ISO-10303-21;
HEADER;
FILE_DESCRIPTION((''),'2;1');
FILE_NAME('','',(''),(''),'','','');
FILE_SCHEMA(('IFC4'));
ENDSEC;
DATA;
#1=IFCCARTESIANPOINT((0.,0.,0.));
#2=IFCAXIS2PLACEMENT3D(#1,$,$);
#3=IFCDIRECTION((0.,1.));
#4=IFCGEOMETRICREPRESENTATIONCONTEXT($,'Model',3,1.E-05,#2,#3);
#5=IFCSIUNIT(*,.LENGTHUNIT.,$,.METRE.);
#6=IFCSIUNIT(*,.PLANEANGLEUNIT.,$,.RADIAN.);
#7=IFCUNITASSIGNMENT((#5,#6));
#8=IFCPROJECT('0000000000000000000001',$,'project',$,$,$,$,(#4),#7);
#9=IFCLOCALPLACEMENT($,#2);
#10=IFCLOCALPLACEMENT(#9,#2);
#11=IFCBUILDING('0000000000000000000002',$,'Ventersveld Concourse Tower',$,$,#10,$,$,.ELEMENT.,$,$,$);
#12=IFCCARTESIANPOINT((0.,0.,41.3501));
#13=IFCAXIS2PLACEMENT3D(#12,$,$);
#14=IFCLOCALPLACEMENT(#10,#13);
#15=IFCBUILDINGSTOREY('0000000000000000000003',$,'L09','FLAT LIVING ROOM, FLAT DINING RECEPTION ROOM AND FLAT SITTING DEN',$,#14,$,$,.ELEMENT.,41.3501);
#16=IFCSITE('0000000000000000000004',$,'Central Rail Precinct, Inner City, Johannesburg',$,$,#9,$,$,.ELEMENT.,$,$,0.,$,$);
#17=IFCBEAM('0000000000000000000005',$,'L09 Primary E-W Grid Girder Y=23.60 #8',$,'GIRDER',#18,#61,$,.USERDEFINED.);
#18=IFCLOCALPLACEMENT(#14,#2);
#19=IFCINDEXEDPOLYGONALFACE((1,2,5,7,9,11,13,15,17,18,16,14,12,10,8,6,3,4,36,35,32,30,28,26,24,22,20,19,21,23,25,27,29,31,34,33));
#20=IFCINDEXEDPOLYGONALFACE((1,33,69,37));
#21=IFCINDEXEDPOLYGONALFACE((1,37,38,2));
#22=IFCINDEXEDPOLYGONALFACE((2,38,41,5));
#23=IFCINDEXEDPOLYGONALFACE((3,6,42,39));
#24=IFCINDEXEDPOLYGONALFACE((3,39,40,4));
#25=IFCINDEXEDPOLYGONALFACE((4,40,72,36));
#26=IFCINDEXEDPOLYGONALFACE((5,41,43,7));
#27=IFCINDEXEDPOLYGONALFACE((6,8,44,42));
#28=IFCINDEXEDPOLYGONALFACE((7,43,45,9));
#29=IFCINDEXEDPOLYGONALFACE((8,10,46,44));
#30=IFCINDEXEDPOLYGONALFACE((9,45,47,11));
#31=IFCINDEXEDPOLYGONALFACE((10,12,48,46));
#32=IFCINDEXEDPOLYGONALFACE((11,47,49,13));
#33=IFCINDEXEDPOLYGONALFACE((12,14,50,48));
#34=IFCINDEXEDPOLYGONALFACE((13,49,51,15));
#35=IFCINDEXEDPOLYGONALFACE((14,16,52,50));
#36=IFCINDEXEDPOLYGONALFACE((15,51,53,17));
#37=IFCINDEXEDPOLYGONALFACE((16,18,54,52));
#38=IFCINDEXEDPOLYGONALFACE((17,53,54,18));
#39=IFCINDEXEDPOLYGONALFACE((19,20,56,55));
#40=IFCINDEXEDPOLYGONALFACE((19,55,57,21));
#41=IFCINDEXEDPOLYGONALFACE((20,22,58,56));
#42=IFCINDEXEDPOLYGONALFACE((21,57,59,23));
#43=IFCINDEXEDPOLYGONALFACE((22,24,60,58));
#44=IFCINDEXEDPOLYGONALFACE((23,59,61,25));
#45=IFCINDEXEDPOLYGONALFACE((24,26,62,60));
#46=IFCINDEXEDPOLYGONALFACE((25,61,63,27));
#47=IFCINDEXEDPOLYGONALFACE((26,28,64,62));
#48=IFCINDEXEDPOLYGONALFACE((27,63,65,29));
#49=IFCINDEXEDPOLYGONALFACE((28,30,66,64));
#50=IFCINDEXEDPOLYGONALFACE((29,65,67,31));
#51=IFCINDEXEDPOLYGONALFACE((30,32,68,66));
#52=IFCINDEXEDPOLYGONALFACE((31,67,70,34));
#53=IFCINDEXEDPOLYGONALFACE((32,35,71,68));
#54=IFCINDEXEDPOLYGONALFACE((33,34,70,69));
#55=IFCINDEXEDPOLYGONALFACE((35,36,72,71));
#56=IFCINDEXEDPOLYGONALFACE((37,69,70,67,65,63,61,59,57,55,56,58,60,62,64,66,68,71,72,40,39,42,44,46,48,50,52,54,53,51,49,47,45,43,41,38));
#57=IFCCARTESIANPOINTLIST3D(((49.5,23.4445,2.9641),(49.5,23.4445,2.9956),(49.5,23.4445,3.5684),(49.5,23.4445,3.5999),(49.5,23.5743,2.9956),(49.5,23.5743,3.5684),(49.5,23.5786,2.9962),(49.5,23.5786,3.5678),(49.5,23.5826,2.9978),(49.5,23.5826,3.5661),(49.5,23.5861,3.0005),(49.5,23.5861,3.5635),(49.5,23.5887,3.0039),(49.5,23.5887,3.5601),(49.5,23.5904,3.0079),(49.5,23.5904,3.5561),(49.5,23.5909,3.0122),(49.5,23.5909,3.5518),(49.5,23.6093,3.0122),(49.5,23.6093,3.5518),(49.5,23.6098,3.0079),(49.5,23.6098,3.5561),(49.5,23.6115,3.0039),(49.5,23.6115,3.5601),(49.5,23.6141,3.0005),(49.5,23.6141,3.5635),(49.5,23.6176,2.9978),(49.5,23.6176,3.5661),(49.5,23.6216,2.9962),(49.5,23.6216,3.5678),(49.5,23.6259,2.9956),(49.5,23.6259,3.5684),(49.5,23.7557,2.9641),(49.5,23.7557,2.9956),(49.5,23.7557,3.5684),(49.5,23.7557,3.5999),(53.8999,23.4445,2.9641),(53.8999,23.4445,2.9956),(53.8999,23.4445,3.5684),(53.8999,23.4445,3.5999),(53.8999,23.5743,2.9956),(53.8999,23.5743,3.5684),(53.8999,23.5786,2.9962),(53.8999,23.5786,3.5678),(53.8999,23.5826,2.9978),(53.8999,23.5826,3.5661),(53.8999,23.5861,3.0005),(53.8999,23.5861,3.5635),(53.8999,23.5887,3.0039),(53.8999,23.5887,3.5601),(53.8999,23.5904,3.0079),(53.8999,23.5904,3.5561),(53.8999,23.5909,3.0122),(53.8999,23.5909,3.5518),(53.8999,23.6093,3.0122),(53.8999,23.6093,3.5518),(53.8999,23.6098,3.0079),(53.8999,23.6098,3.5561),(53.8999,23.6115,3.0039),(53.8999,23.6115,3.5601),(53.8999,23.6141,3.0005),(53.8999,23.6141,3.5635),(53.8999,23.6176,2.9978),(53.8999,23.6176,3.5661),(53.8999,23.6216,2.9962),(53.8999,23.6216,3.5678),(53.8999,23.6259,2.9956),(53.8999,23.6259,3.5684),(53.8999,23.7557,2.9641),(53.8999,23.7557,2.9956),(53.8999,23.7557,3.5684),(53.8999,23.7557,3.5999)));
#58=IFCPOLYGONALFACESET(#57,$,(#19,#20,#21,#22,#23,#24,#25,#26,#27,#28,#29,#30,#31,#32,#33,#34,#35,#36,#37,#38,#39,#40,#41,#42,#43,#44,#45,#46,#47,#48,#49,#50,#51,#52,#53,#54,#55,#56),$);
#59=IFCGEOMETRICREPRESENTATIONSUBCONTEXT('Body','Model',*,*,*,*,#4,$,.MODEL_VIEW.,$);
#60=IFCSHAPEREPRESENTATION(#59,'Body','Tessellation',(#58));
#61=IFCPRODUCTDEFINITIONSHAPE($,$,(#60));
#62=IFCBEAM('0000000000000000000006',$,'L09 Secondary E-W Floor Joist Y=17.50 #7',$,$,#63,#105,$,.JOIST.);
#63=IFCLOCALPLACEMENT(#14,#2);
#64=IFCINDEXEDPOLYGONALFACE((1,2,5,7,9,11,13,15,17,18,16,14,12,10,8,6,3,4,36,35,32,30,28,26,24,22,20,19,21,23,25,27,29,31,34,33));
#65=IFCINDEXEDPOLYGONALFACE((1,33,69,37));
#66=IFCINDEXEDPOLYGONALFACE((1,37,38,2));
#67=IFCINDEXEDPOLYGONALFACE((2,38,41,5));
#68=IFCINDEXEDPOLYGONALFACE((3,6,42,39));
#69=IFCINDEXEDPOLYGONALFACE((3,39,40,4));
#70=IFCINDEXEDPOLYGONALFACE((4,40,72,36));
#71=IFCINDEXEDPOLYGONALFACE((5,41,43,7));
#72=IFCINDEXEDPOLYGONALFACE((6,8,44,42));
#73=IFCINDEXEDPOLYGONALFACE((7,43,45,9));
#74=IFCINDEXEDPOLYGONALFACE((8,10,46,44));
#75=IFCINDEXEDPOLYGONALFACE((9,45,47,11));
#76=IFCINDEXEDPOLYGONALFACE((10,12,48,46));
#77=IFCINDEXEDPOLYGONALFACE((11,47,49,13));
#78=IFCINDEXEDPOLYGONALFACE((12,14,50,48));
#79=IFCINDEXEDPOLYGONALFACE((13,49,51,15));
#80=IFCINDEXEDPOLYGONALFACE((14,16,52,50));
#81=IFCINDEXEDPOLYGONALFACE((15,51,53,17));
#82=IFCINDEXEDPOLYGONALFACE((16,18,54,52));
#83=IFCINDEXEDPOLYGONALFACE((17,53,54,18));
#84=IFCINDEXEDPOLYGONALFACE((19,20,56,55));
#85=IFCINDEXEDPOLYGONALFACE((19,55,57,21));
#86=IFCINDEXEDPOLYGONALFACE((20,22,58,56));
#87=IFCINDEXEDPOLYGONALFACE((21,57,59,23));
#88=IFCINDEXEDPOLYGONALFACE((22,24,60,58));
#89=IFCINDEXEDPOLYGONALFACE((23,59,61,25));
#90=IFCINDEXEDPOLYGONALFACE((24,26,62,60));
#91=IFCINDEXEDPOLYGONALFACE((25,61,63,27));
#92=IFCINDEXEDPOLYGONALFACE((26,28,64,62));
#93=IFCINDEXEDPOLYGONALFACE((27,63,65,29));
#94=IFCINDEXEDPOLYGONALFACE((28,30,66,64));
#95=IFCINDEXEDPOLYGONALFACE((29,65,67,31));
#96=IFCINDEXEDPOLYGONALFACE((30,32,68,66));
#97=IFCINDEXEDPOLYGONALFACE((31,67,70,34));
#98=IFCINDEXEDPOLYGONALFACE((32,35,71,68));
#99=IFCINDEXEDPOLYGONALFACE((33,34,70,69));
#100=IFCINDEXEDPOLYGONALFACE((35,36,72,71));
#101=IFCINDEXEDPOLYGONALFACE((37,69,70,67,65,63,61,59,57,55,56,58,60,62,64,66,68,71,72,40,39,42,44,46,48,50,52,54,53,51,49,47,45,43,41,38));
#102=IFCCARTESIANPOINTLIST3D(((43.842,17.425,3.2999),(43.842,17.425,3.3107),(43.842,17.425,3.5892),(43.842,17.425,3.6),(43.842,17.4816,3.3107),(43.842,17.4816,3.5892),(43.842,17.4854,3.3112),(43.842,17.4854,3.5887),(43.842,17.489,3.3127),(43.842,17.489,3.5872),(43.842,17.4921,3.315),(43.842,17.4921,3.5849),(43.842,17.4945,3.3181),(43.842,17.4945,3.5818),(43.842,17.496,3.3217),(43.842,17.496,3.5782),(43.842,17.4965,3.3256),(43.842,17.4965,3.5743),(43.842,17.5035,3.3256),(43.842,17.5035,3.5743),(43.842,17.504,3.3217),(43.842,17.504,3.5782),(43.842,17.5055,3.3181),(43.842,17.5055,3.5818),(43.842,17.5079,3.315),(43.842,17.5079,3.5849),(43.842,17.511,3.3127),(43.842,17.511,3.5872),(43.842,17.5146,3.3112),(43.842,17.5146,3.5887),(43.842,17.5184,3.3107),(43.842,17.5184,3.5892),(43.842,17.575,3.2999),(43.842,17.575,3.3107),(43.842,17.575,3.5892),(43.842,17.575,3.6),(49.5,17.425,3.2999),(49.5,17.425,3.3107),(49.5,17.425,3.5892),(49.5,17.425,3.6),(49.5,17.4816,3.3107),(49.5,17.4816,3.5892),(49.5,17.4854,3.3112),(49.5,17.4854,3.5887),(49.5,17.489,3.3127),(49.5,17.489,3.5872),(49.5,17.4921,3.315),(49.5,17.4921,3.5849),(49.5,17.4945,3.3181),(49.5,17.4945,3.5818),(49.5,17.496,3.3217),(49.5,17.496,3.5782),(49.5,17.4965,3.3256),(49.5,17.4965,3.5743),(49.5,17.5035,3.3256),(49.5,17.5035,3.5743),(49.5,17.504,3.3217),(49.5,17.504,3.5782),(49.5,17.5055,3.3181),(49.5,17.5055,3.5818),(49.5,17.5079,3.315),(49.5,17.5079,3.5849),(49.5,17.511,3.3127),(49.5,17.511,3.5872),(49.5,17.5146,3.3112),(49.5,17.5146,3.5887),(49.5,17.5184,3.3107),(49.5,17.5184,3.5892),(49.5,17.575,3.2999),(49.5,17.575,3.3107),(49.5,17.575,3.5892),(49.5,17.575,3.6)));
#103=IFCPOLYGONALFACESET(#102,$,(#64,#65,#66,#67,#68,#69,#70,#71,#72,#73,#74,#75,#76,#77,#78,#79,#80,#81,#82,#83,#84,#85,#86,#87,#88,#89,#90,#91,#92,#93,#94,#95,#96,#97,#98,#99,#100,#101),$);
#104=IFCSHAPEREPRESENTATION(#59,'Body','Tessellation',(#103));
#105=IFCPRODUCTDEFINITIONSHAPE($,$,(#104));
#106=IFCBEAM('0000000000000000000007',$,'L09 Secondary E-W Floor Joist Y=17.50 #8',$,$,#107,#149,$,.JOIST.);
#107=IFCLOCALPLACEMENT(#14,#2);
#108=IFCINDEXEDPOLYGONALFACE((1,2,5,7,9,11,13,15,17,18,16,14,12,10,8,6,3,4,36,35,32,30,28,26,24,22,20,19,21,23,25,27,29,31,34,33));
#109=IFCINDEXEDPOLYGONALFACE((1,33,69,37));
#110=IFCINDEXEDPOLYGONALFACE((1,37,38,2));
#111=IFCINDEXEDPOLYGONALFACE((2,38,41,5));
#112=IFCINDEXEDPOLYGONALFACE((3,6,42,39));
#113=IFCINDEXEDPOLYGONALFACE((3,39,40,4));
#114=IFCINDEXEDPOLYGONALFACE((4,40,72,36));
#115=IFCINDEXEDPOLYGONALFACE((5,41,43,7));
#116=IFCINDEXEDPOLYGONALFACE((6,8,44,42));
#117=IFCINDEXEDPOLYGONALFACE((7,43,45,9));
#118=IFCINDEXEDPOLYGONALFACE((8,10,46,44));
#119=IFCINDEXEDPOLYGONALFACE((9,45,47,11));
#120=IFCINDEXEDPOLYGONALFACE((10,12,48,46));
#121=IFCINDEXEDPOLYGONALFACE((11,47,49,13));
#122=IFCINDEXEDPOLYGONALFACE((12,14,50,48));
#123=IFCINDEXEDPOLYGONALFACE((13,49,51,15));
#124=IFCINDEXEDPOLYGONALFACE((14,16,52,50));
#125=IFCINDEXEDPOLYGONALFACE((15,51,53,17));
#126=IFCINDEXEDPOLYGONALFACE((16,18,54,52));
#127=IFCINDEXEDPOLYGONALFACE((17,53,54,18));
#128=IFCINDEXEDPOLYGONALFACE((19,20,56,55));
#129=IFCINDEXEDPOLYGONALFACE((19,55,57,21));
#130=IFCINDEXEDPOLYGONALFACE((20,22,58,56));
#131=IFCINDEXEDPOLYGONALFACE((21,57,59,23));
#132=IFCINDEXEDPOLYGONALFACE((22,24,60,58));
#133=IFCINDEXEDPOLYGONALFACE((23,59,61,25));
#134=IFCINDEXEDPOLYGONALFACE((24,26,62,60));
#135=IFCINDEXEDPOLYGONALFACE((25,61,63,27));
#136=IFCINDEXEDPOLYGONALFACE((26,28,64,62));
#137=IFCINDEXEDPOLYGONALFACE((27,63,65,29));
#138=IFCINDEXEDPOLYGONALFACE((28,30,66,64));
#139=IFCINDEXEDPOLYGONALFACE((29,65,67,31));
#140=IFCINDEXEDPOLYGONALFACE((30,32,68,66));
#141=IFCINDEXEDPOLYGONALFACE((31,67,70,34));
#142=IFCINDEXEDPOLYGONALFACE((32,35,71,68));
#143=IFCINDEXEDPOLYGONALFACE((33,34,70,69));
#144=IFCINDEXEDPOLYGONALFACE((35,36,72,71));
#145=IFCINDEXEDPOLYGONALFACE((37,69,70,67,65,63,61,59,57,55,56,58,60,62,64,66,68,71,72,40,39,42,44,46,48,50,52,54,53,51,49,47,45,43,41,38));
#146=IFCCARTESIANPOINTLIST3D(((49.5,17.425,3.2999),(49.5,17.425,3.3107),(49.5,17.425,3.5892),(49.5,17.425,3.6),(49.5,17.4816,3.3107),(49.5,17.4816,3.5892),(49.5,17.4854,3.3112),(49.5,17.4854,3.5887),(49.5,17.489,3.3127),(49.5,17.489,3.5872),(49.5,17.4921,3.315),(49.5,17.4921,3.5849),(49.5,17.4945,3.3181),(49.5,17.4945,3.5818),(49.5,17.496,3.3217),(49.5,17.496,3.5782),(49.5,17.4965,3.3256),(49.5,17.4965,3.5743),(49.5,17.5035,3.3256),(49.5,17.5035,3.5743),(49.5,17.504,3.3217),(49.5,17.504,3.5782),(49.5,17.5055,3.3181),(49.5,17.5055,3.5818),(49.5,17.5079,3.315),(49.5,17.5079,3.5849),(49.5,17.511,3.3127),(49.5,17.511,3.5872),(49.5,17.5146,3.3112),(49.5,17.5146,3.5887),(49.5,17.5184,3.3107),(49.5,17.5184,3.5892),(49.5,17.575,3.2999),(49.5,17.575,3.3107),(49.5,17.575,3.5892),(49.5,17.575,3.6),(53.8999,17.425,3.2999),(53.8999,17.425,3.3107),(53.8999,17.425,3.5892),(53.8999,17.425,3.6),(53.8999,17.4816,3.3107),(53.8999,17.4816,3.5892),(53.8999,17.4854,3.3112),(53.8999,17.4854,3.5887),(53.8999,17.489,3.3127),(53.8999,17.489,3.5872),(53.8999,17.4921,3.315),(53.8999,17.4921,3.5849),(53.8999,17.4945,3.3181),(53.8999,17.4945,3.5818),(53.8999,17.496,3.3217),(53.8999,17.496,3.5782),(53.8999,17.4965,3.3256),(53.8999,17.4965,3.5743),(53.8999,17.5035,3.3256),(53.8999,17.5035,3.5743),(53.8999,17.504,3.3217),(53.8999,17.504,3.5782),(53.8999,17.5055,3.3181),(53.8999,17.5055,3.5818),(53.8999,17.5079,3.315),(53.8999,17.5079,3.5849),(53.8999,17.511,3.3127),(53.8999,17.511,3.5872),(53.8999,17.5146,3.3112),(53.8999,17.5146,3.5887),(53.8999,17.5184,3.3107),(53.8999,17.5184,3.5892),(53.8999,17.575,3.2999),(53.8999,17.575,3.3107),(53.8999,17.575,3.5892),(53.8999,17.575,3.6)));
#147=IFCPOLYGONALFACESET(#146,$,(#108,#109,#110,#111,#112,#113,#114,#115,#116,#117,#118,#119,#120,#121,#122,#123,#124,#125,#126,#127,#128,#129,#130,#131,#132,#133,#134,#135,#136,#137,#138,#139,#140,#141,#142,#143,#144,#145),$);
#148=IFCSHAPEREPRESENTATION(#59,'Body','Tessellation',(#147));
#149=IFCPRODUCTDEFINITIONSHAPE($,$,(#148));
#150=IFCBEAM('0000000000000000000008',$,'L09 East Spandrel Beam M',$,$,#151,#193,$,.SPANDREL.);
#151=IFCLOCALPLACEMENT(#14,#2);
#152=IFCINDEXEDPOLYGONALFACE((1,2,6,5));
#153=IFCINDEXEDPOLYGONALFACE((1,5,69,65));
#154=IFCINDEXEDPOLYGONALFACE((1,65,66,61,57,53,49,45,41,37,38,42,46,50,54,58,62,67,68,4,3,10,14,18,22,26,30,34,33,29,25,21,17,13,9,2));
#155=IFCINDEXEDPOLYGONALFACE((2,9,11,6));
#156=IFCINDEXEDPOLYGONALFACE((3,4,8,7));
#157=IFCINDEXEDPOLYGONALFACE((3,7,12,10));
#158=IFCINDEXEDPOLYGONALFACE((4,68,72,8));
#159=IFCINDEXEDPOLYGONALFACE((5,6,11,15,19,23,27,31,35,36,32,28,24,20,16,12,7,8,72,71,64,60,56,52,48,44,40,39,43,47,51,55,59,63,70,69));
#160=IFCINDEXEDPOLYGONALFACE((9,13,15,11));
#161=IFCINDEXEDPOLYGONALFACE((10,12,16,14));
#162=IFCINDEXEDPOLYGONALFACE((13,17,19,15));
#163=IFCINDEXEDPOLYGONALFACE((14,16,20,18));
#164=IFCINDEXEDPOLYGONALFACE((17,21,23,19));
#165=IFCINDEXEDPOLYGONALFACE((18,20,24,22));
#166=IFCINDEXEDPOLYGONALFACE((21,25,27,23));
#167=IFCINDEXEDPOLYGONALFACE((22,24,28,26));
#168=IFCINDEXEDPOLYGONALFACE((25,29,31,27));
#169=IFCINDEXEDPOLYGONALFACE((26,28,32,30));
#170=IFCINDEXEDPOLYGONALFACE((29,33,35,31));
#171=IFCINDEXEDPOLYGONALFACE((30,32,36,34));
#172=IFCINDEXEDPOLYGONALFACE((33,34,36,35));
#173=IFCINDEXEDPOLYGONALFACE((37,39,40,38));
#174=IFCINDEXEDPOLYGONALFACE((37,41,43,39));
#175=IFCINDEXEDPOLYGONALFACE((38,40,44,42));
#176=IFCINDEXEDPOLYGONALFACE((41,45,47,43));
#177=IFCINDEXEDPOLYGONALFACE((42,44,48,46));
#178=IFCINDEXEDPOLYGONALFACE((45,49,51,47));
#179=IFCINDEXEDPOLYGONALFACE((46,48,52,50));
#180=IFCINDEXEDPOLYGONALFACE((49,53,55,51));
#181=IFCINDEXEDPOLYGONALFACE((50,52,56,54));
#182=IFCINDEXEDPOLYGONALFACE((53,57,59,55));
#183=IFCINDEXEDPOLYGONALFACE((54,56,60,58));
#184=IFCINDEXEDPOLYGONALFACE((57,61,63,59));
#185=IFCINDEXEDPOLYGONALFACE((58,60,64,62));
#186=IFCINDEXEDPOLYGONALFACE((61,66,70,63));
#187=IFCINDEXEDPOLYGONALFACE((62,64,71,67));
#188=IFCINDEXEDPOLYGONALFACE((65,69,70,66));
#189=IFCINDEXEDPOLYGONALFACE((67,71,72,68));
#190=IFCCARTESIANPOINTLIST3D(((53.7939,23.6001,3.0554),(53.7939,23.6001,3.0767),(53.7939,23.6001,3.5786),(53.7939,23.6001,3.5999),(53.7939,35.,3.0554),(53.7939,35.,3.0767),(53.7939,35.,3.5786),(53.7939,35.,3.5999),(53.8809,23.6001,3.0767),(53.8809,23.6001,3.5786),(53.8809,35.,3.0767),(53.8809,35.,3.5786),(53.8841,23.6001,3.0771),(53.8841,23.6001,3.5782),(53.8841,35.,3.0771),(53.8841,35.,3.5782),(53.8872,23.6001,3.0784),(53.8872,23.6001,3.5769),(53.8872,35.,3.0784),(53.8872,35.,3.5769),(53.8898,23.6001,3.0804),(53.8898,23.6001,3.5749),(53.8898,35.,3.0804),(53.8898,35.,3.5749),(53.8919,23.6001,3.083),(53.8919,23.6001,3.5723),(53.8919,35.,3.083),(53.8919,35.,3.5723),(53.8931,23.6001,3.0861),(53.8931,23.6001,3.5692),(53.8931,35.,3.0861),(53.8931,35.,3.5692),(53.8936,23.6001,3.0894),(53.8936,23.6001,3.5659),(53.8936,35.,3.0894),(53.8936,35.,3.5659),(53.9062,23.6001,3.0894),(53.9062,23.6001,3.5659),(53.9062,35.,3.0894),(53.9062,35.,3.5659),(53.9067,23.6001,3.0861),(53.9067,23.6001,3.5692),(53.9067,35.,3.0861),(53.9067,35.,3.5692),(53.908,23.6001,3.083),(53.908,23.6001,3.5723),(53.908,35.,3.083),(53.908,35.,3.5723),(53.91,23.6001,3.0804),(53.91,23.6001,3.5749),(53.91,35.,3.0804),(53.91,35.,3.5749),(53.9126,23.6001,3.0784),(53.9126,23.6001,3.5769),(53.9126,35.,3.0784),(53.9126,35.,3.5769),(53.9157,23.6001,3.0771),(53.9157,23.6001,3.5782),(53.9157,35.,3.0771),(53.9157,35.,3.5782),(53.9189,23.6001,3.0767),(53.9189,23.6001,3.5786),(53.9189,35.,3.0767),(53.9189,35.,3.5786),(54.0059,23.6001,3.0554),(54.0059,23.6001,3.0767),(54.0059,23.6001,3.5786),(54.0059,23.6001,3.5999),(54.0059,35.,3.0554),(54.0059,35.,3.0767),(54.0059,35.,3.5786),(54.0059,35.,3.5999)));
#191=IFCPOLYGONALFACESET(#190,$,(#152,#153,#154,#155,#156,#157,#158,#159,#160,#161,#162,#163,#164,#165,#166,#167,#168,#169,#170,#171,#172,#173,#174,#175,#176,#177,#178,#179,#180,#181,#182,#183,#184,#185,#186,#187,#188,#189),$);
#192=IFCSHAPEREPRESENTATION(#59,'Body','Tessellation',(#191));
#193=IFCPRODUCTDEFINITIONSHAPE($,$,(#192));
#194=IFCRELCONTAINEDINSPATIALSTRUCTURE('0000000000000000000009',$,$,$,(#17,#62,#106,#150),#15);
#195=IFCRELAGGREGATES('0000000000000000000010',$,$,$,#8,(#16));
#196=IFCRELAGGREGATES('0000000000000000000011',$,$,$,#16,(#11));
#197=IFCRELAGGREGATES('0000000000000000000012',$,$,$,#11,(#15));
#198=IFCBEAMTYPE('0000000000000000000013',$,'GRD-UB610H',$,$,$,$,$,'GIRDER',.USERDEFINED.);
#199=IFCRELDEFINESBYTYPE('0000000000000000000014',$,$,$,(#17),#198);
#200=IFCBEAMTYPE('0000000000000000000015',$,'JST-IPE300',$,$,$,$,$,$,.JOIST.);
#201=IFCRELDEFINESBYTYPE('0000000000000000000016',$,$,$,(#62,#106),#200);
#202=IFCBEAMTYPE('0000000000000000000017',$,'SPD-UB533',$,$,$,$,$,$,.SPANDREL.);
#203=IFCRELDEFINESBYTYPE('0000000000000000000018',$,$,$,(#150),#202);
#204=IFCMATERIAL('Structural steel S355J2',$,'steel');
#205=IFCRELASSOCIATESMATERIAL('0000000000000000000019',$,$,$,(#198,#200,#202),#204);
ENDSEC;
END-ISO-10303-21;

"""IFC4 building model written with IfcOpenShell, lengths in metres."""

from ifc_helpers import new_model, si_unit, direction, frame, origin, origin_2d, place, context, subcontext, project, spatial, i_section, extrude, material, material_profile, profile_set, type_object, element, save


model = new_model("IFC4")

# Units and contexts
model_context = context("Model", 3, precision=1e-05, world=origin(), true_north=direction((0.0, 1.0)))
body_context = subcontext(model_context, "Body", "Model", "MODEL_VIEW")
ifc_project = project(units=[si_unit("LENGTHUNIT", "METRE"), si_unit("PLANEANGLEUNIT", "RADIAN")], contexts=[model_context])

# Site, building, storey
site_placement = place(None, origin())
site = spatial("IfcSite", under=ifc_project, at=site_placement, Name="Central Rail Precinct, Inner City, Johannesburg", CompositionType="ELEMENT", RefElevation=0.0)
building_placement = place(site_placement, origin())
building = spatial("IfcBuilding", under=site, at=building_placement, Name="Ventersveld Concourse Tower", CompositionType="ELEMENT")
storey_placement = place(building_placement, frame((0.0, 0.0, 41.3501)))
storey = spatial("IfcBuildingStorey", under=building, at=storey_placement, Name="L09", Description="FLAT LIVING ROOM, FLAT DINING RECEPTION ROOM AND FLAT SITTING DEN", CompositionType="ELEMENT", Elevation=41.3501)

# Beams
ifc_material_1 = material(Name="Structural steel S355J2", Category="steel")
ifc_material_profile_1 = material_profile(ifc_material_1, i_section(OverallWidth=0.3113, OverallDepth=0.6357, WebThickness=0.0183, FlangeThickness=0.0315, FilletRadius=0.0166, at=origin_2d()), Name="UB 610x305x238")
ifc_profile_set_1 = profile_set([ifc_material_profile_1], Name="Structural steel S355J2")
beam_type_1 = type_object("IfcBeamType", Name="GRD-UB610H", ElementType="GIRDER", PredefinedType="USERDEFINED", material=ifc_profile_set_1)
beam_1_placement = place(storey_placement, frame((49.5, 23.6001, 3.282), z_axis=(1.0, 0.0, 0.0), x_axis=(0.0, 1.0, 0.0)))
element("IfcBeam", 1, at=beam_1_placement, inside=storey, type_object=beam_type_1, Name="L09 Primary E-W Grid Girder Y=23.60 #8", ObjectType="GIRDER", PredefinedType="USERDEFINED", context=body_context, shape_type="SweptSolid", body=[
    extrude(i_section(OverallWidth=0.3113, OverallDepth=0.6357, WebThickness=0.0183, FlangeThickness=0.0315, FilletRadius=0.0166, at=origin_2d()), origin(), (0.0, 0.0, 1.0), 4.3999),
])
ifc_material_profile_2 = material_profile(ifc_material_1, i_section(OverallWidth=0.1499, OverallDepth=0.3, WebThickness=0.0071, FlangeThickness=0.0107, FilletRadius=0.0149, at=origin_2d()), Name="IPE 300")
ifc_profile_set_2 = profile_set([ifc_material_profile_2], Name="Structural steel S355J2")
beam_type_2 = type_object("IfcBeamType", Name="JST-IPE300", PredefinedType="JOIST", material=ifc_profile_set_2)
beam_2_placement = place(storey_placement, frame((43.842, 17.5, 3.45), z_axis=(1.0, 0.0, 0.0), x_axis=(0.0, 1.0, 0.0)))
element("IfcBeam", 2, at=beam_2_placement, inside=storey, type_object=beam_type_2, Name="L09 Secondary E-W Floor Joist Y=17.50 #7", PredefinedType="JOIST", context=body_context, shape_type="SweptSolid", body=[
    extrude(i_section(OverallWidth=0.1499, OverallDepth=0.3, WebThickness=0.0071, FlangeThickness=0.0107, FilletRadius=0.0149, at=origin_2d()), origin(), (0.0, 0.0, 1.0), 5.658),
])
beam_3_placement = place(storey_placement, frame((49.5, 17.5, 3.45), z_axis=(1.0, 0.0, 0.0), x_axis=(0.0, 1.0, 0.0)))
element("IfcBeam", 3, at=beam_3_placement, inside=storey, type_object=beam_type_2, Name="L09 Secondary E-W Floor Joist Y=17.50 #8", PredefinedType="JOIST", context=body_context, shape_type="SweptSolid", body=[
    extrude(i_section(OverallWidth=0.1499, OverallDepth=0.3, WebThickness=0.0071, FlangeThickness=0.0107, FilletRadius=0.0149, at=origin_2d()), origin(), (0.0, 0.0, 1.0), 4.3999),
])
ifc_material_profile_3 = material_profile(ifc_material_1, i_section(OverallWidth=0.2119, OverallDepth=0.5444, WebThickness=0.0127, FlangeThickness=0.0212, FilletRadius=0.0127, at=origin_2d()), Name="UB 533x210x122")
ifc_profile_set_3 = profile_set([ifc_material_profile_3], Name="Structural steel S355J2")
beam_type_3 = type_object("IfcBeamType", Name="SPD-UB533", PredefinedType="SPANDREL", material=ifc_profile_set_3)
beam_4_placement = place(storey_placement, frame((53.8999, 23.6001, 3.3276), z_axis=(0.0, 1.0, 0.0), x_axis=(-1.0, 0.0, 0.0)))
element("IfcBeam", 4, at=beam_4_placement, inside=storey, type_object=beam_type_3, Name="L09 East Spandrel Beam M", PredefinedType="SPANDREL", context=body_context, shape_type="SweptSolid", body=[
    extrude(i_section(OverallWidth=0.2119, OverallDepth=0.5444, WebThickness=0.0127, FlangeThickness=0.0212, FilletRadius=0.0127, at=origin_2d()), origin(), (0.0, 0.0, 1.0), 11.3999),
])

save(model, "model.ifc")
